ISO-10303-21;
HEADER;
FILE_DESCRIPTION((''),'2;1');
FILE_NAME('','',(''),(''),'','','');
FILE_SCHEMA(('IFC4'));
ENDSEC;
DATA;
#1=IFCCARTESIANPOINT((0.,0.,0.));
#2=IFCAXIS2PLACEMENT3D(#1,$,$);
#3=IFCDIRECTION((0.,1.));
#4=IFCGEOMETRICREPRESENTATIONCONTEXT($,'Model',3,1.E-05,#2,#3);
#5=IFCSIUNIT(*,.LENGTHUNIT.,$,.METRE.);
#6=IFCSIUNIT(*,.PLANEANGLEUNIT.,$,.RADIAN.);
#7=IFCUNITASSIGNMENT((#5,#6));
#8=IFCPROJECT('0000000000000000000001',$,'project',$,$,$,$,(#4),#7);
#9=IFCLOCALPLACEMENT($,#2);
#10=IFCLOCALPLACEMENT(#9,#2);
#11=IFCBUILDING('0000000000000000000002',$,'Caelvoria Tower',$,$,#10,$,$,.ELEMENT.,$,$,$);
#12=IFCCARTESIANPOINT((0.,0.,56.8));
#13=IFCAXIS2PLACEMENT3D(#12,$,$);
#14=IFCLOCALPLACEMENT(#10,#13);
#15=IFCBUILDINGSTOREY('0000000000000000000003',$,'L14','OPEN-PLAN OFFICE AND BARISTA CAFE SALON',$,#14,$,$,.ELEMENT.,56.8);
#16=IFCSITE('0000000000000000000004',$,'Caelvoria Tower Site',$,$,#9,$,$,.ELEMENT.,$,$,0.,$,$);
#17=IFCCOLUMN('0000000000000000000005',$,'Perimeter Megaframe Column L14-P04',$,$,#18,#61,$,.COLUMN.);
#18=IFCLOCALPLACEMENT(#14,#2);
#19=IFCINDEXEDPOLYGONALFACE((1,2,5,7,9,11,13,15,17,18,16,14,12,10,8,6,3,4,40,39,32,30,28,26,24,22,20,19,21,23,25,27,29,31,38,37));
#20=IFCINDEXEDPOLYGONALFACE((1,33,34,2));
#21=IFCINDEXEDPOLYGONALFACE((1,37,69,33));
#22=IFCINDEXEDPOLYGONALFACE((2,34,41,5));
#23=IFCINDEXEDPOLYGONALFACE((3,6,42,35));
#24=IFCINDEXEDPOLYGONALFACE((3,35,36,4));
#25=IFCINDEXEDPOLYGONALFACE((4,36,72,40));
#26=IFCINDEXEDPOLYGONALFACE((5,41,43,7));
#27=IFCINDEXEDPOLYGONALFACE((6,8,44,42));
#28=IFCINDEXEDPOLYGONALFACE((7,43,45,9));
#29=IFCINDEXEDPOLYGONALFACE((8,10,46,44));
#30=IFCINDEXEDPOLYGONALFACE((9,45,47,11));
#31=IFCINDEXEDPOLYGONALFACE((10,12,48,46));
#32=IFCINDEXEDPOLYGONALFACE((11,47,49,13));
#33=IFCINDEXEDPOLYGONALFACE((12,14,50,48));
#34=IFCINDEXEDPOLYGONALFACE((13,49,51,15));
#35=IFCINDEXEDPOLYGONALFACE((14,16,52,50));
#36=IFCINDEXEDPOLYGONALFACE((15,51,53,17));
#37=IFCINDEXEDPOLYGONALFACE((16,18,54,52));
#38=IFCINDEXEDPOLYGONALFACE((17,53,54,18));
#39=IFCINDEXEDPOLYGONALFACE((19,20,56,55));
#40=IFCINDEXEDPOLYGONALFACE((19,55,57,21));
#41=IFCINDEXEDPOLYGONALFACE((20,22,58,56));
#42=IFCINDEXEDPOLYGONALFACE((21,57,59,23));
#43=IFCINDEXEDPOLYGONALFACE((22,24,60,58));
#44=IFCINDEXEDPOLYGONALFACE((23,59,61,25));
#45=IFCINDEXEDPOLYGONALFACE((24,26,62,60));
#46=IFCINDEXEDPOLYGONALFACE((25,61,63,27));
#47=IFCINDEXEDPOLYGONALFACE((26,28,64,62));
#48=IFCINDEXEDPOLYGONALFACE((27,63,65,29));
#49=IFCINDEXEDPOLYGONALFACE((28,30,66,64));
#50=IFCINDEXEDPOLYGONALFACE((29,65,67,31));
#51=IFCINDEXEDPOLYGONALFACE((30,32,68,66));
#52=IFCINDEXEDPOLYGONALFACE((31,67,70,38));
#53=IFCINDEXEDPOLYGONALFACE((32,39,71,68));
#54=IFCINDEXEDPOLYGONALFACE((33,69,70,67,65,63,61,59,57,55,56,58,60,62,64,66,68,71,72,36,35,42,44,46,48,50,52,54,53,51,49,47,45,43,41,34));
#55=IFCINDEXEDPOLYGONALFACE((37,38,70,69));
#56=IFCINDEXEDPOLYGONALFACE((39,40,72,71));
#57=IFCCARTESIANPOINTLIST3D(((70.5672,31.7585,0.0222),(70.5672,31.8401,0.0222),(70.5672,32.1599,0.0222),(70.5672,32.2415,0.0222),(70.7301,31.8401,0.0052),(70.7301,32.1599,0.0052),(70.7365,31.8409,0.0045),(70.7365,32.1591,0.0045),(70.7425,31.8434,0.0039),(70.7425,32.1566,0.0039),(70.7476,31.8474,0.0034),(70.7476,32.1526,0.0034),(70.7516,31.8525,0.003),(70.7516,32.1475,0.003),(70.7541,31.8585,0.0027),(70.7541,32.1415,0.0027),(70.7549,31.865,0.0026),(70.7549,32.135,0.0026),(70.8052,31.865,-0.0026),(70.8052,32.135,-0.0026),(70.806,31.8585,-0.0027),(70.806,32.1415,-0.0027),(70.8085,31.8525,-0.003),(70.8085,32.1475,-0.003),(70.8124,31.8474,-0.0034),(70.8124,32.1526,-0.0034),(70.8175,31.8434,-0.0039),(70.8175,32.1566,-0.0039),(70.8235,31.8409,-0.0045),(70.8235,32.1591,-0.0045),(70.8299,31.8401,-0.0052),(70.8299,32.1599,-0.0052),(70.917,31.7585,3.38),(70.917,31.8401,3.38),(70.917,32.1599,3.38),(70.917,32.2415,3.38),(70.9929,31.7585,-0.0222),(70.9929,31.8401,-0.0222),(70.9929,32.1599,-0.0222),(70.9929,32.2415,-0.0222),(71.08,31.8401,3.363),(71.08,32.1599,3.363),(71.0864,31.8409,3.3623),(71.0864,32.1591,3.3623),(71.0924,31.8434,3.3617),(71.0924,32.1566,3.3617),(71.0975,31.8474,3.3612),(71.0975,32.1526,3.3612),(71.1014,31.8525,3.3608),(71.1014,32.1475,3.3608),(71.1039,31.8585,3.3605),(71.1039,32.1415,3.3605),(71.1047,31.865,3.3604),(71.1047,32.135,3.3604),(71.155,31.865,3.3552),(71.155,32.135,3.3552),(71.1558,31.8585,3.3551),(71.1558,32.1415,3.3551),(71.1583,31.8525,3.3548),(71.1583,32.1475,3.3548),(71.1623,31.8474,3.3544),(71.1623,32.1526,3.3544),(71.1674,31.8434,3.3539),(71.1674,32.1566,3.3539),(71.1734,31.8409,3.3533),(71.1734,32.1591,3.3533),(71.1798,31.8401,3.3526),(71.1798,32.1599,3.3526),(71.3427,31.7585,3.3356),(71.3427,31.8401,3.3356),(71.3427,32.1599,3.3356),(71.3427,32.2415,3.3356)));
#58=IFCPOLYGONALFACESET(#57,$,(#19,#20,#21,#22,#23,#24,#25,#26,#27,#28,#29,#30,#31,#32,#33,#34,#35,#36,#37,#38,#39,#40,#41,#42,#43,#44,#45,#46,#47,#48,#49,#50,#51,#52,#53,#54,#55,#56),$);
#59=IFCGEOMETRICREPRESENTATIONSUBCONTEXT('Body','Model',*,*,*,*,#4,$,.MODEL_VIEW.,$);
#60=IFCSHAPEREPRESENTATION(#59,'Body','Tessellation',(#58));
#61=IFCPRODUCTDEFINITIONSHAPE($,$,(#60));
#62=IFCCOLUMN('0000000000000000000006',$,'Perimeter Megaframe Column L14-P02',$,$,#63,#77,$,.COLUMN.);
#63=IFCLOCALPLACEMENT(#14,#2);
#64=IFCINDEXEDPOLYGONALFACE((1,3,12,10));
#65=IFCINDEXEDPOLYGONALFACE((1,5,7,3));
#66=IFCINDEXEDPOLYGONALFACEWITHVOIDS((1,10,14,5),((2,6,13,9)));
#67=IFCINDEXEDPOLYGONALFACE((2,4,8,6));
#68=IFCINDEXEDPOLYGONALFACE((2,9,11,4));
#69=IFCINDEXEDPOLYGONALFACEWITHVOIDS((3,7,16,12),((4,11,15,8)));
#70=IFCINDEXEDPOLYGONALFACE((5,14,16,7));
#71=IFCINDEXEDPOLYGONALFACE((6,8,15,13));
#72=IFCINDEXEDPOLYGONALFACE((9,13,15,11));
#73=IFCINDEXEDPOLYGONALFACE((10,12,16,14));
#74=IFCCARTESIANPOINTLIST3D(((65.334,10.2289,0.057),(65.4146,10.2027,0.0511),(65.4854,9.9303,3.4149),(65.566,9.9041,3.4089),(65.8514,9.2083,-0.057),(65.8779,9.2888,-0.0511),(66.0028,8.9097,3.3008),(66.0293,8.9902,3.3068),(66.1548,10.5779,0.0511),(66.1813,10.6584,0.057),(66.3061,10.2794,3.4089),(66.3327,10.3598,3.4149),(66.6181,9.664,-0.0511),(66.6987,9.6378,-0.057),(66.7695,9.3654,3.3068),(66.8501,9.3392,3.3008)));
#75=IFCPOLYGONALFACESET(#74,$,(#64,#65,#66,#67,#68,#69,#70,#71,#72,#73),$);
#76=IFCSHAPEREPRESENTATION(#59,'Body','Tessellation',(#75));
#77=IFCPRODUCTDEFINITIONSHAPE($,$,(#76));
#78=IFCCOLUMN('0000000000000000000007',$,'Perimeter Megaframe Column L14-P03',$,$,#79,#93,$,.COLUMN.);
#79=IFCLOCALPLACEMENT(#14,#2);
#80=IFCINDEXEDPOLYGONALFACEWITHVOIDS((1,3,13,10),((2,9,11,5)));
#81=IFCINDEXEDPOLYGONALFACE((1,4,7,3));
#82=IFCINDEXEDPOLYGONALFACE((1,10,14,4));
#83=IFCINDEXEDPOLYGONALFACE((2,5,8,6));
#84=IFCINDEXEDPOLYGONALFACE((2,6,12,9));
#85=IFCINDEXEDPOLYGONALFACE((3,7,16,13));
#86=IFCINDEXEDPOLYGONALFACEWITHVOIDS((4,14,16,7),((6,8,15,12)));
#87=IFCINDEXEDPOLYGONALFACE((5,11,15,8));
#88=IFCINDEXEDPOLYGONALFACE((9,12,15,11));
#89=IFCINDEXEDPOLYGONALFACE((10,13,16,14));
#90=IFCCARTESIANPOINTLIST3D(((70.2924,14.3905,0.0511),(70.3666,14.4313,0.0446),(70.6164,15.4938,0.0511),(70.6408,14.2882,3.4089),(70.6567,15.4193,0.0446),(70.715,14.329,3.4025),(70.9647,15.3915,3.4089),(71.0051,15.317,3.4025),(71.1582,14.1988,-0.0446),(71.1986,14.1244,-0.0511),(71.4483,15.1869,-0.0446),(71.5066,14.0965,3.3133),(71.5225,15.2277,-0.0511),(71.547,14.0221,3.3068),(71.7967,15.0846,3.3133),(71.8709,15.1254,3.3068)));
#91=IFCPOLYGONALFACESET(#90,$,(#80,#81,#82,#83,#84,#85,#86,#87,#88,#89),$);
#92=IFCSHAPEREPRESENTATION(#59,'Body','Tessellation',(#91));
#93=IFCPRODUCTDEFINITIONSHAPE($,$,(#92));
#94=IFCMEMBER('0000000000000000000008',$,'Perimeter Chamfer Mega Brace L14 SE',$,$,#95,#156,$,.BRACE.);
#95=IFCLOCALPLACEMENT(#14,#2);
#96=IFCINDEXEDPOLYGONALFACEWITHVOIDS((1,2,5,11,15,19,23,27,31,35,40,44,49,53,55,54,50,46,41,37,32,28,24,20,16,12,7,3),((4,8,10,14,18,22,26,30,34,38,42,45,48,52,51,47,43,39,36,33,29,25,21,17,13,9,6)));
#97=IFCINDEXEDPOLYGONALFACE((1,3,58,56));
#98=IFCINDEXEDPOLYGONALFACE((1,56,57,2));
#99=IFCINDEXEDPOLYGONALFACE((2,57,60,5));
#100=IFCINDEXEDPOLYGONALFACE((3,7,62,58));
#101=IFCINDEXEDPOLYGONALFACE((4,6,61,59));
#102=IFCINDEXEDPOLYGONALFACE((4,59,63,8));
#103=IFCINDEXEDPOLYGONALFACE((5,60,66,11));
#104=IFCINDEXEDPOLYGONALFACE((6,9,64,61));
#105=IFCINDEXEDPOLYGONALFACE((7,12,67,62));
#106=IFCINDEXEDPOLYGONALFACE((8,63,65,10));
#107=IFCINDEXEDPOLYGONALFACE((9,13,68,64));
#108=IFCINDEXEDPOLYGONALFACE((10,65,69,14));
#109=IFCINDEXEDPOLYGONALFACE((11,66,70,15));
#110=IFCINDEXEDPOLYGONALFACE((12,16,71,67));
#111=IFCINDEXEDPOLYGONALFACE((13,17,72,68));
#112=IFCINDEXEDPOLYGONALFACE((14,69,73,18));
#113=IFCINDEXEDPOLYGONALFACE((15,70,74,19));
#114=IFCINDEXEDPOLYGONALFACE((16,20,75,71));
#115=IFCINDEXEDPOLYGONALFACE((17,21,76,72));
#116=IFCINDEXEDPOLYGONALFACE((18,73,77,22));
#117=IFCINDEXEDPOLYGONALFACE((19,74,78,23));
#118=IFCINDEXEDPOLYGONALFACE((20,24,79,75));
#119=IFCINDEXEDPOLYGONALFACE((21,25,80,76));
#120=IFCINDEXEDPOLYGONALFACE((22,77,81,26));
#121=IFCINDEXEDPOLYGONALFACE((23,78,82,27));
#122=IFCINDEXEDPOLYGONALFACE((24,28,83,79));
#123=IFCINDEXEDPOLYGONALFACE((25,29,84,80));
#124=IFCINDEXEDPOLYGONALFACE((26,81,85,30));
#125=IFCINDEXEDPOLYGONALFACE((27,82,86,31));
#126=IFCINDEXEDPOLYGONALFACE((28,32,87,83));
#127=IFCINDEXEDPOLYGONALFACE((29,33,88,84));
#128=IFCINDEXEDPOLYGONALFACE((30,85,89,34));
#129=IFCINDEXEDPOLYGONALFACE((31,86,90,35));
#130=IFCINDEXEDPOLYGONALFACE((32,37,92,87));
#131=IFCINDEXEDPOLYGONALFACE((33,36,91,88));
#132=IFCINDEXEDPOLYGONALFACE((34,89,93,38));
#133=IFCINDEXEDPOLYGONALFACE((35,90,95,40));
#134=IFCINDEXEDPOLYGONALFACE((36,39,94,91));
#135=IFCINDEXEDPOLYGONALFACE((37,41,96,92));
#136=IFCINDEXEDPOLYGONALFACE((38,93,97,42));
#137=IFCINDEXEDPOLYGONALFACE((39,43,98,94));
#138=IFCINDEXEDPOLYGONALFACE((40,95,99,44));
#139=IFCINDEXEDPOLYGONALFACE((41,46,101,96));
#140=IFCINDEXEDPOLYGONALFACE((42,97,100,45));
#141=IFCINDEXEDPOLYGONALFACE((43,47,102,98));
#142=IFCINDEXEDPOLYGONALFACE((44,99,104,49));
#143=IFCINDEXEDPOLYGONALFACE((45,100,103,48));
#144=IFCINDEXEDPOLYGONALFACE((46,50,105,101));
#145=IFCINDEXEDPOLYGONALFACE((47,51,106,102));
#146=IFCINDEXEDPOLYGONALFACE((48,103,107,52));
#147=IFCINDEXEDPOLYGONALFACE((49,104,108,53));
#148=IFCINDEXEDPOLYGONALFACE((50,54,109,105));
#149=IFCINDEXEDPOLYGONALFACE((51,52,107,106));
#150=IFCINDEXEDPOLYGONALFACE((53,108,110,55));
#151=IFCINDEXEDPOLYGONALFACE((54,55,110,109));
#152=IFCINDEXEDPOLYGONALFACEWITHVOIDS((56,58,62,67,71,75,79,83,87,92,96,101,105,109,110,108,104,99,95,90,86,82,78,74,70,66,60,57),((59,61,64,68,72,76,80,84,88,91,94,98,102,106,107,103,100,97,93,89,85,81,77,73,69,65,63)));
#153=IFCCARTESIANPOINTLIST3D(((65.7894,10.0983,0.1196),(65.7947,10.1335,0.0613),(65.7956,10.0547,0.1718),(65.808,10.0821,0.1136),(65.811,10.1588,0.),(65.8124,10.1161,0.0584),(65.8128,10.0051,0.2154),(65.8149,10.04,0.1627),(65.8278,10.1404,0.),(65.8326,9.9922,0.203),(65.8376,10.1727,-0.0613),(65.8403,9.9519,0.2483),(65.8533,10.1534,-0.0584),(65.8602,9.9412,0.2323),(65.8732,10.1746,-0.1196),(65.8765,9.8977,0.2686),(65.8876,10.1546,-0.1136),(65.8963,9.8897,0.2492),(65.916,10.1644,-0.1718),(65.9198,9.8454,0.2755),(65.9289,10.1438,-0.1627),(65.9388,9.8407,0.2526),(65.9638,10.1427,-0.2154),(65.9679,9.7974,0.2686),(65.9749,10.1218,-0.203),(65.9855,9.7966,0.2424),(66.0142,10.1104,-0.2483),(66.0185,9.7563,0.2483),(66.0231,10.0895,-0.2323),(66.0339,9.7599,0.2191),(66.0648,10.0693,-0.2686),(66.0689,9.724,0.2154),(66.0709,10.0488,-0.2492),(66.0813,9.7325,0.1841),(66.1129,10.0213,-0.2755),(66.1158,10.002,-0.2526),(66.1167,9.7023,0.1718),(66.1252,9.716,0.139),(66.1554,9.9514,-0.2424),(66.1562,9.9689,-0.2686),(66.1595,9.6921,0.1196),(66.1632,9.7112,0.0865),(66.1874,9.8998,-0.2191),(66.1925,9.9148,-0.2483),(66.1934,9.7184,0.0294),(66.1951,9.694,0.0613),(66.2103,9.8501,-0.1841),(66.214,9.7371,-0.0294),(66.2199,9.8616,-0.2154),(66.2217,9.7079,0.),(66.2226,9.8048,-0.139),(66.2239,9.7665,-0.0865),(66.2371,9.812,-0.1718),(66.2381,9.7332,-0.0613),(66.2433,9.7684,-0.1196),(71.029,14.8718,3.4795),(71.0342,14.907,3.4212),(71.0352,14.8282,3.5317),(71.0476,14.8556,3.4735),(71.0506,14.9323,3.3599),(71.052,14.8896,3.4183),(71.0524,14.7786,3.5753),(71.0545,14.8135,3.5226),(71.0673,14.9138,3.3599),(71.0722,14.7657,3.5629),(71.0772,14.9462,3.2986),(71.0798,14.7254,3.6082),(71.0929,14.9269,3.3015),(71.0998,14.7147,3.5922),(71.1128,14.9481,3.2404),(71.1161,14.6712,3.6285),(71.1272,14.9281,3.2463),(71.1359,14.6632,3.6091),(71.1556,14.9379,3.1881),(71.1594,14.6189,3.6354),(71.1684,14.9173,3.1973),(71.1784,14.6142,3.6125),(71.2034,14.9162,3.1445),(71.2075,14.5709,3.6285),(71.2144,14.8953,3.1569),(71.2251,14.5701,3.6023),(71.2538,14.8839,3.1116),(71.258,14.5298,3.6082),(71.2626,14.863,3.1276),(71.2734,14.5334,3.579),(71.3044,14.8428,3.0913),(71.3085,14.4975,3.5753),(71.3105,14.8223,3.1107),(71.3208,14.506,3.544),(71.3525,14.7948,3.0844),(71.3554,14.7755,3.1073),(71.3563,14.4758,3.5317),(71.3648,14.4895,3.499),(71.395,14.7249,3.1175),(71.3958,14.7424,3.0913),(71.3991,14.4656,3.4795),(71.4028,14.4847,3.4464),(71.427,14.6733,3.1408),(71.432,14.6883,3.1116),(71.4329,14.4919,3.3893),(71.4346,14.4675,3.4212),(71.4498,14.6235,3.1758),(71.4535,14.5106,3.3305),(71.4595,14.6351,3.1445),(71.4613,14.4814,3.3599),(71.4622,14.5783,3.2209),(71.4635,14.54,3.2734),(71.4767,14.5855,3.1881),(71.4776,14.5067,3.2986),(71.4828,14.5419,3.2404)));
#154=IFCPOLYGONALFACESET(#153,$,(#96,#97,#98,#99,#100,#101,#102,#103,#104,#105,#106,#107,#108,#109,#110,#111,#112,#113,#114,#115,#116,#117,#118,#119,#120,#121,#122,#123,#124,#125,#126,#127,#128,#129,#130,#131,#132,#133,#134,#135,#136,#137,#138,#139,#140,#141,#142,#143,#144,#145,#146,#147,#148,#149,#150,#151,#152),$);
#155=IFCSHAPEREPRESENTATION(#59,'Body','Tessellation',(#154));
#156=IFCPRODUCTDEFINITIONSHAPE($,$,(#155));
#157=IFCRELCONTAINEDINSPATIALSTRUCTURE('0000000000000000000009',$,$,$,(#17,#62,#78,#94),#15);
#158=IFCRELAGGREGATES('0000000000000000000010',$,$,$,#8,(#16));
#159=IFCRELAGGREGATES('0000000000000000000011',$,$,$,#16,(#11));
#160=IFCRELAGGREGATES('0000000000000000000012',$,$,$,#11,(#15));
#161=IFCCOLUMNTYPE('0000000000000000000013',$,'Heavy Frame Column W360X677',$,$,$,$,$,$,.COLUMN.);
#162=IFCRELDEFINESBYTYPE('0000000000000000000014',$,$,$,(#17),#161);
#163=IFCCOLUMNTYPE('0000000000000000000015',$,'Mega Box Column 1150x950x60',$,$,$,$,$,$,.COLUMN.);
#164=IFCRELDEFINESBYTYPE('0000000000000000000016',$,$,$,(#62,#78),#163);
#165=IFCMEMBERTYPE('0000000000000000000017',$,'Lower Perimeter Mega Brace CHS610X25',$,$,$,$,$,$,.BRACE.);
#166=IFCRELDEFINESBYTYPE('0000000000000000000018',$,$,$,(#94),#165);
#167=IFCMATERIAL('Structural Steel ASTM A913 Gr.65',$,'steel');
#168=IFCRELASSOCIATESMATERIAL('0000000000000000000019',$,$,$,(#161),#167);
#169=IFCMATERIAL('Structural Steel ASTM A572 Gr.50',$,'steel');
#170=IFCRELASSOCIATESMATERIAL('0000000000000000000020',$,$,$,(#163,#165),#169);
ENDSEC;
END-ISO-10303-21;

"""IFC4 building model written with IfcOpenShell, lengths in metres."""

from ifc_helpers import new_model, si_unit, direction, frame, origin, origin_2d, place, context, subcontext, project, spatial, hollow_rectangle, hollow_circle, i_section, extrude, material, material_profile, profile_set, type_object, element, save


model = new_model("IFC4")

# Units and contexts
model_context = context("Model", 3, precision=1e-05, world=origin(), true_north=direction((0.0, 1.0)))
body_context = subcontext(model_context, "Body", "Model", "MODEL_VIEW")
ifc_project = project(units=[si_unit("LENGTHUNIT", "METRE"), si_unit("PLANEANGLEUNIT", "RADIAN")], contexts=[model_context])

# Site, building, storey
site_placement = place(None, origin())
site = spatial("IfcSite", under=ifc_project, at=site_placement, Name="Caelvoria Tower Site", CompositionType="ELEMENT", RefElevation=0.0)
building_placement = place(site_placement, origin())
building = spatial("IfcBuilding", under=site, at=building_placement, Name="Caelvoria Tower", CompositionType="ELEMENT")
storey_placement = place(building_placement, frame((0.0, 0.0, 56.8)))
storey = spatial("IfcBuildingStorey", under=building, at=storey_placement, Name="L14", Description="OPEN-PLAN OFFICE AND BARISTA CAFE SALON", CompositionType="ELEMENT", Elevation=56.8)

# Columns
ifc_material_1 = material(Name="Structural Steel ASTM A913 Gr.65", Category="steel")
ifc_material_profile_1 = material_profile(ifc_material_1, i_section(OverallWidth=0.428, OverallDepth=0.4829, WebThickness=0.0505, FlangeThickness=0.0815, FilletRadius=0.0249, at=origin_2d()), Name="Structural Steel ASTM A913 Gr.65")
ifc_profile_set_1 = profile_set([ifc_material_profile_1], Name="W360X677 - Structural Steel ASTM A913 Gr.65")
column_type_1 = type_object("IfcColumnType", Name="Heavy Frame Column W360X677", PredefinedType="COLUMN", material=ifc_profile_set_1)
column_1_placement = place(storey_placement, frame((70.78, 32.0, 0.0), z_axis=(0.103627, 0.0, 0.994616), x_axis=(-0.994616, 0.0, 0.103627)))
element("IfcColumn", 1, at=column_1_placement, inside=storey, type_object=column_type_1, Name="Perimeter Megaframe Column L14-P04", PredefinedType="COLUMN", context=body_context, shape_type="SweptSolid", body=[
    extrude(i_section(OverallWidth=0.428, OverallDepth=0.4829, WebThickness=0.0505, FlangeThickness=0.0815, FilletRadius=0.0249, at=origin_2d()), origin(), (0.0, 0.0, 1.0), 3.376),
])
ifc_material_2 = material(Name="Structural Steel ASTM A572 Gr.50", Category="steel")
ifc_material_profile_2 = material_profile(ifc_material_2, hollow_rectangle(XDim=0.95, YDim=1.1499, WallThickness=0.0601, at=origin_2d()), Name="Structural Steel ASTM A572 Gr.50")
ifc_profile_set_2 = profile_set([ifc_material_profile_2], Name="BOX1150X950X60 - Structural Steel ASTM A572 Gr.50")
column_type_2 = type_object("IfcColumnType", Name="Mega Box Column 1150x950x60", PredefinedType="COLUMN", material=ifc_profile_set_2)
column_2_placement = place(storey_placement, frame((66.0164, 9.9333, 0.0), z_axis=(0.044855, -0.088481, 0.995067), x_axis=(0.891934, 0.452166, 0.0)))
element("IfcColumn", 2, at=column_2_placement, inside=storey, type_object=column_type_2, Name="Perimeter Megaframe Column L14-P02", PredefinedType="COLUMN", context=body_context, shape_type="SweptSolid", body=[
    extrude(hollow_rectangle(XDim=0.95, YDim=1.1499, WallThickness=0.0601, at=origin_2d()), origin(), (0.0, 0.0, 1.0), 3.3745),
])
column_3_placement = place(storey_placement, frame((70.9075, 14.8091, 0.0), z_axis=(0.10315, -0.030287, 0.994205), x_axis=(-0.953933, 0.280097, 0.107505)))
element("IfcColumn", 3, at=column_3_placement, inside=storey, type_object=column_type_2, Name="Perimeter Megaframe Column L14-P03", PredefinedType="COLUMN", context=body_context, shape_type="SweptSolid", body=[
    extrude(hollow_rectangle(XDim=0.95, YDim=1.1499, WallThickness=0.0601, at=origin_2d()), origin(), (0.0, 0.0, 1.0), 3.3774),
])

# Member
ifc_material_profile_3 = material_profile(ifc_material_2, hollow_circle(Radius=0.3049, WallThickness=0.0249, at=origin_2d()), Name="Structural Steel ASTM A572 Gr.50")
ifc_profile_set_3 = profile_set([ifc_material_profile_3], Name="CHS610X25 - Structural Steel ASTM A572 Gr.50")
member_type = type_object("IfcMemberType", Name="Lower Perimeter Mega Brace CHS610X25", PredefinedType="BRACE", material=ifc_profile_set_3)
member_placement = place(storey_placement, frame((66.0164, 9.9333, 0.0), z_axis=(0.667972, 0.608554, 0.428341), x_axis=(-0.673464, 0.73922, 0.0)))
element("IfcMember", 4, at=member_placement, inside=storey, type_object=member_type, Name="Perimeter Chamfer Mega Brace L14 SE", PredefinedType="BRACE", context=body_context, shape_type="SweptSolid", body=[
    extrude(hollow_circle(Radius=0.3049, WallThickness=0.0249, at=origin_2d()), origin(), (0.0, 0.0, 1.0), 7.844),
])

save(model, "model.ifc")
